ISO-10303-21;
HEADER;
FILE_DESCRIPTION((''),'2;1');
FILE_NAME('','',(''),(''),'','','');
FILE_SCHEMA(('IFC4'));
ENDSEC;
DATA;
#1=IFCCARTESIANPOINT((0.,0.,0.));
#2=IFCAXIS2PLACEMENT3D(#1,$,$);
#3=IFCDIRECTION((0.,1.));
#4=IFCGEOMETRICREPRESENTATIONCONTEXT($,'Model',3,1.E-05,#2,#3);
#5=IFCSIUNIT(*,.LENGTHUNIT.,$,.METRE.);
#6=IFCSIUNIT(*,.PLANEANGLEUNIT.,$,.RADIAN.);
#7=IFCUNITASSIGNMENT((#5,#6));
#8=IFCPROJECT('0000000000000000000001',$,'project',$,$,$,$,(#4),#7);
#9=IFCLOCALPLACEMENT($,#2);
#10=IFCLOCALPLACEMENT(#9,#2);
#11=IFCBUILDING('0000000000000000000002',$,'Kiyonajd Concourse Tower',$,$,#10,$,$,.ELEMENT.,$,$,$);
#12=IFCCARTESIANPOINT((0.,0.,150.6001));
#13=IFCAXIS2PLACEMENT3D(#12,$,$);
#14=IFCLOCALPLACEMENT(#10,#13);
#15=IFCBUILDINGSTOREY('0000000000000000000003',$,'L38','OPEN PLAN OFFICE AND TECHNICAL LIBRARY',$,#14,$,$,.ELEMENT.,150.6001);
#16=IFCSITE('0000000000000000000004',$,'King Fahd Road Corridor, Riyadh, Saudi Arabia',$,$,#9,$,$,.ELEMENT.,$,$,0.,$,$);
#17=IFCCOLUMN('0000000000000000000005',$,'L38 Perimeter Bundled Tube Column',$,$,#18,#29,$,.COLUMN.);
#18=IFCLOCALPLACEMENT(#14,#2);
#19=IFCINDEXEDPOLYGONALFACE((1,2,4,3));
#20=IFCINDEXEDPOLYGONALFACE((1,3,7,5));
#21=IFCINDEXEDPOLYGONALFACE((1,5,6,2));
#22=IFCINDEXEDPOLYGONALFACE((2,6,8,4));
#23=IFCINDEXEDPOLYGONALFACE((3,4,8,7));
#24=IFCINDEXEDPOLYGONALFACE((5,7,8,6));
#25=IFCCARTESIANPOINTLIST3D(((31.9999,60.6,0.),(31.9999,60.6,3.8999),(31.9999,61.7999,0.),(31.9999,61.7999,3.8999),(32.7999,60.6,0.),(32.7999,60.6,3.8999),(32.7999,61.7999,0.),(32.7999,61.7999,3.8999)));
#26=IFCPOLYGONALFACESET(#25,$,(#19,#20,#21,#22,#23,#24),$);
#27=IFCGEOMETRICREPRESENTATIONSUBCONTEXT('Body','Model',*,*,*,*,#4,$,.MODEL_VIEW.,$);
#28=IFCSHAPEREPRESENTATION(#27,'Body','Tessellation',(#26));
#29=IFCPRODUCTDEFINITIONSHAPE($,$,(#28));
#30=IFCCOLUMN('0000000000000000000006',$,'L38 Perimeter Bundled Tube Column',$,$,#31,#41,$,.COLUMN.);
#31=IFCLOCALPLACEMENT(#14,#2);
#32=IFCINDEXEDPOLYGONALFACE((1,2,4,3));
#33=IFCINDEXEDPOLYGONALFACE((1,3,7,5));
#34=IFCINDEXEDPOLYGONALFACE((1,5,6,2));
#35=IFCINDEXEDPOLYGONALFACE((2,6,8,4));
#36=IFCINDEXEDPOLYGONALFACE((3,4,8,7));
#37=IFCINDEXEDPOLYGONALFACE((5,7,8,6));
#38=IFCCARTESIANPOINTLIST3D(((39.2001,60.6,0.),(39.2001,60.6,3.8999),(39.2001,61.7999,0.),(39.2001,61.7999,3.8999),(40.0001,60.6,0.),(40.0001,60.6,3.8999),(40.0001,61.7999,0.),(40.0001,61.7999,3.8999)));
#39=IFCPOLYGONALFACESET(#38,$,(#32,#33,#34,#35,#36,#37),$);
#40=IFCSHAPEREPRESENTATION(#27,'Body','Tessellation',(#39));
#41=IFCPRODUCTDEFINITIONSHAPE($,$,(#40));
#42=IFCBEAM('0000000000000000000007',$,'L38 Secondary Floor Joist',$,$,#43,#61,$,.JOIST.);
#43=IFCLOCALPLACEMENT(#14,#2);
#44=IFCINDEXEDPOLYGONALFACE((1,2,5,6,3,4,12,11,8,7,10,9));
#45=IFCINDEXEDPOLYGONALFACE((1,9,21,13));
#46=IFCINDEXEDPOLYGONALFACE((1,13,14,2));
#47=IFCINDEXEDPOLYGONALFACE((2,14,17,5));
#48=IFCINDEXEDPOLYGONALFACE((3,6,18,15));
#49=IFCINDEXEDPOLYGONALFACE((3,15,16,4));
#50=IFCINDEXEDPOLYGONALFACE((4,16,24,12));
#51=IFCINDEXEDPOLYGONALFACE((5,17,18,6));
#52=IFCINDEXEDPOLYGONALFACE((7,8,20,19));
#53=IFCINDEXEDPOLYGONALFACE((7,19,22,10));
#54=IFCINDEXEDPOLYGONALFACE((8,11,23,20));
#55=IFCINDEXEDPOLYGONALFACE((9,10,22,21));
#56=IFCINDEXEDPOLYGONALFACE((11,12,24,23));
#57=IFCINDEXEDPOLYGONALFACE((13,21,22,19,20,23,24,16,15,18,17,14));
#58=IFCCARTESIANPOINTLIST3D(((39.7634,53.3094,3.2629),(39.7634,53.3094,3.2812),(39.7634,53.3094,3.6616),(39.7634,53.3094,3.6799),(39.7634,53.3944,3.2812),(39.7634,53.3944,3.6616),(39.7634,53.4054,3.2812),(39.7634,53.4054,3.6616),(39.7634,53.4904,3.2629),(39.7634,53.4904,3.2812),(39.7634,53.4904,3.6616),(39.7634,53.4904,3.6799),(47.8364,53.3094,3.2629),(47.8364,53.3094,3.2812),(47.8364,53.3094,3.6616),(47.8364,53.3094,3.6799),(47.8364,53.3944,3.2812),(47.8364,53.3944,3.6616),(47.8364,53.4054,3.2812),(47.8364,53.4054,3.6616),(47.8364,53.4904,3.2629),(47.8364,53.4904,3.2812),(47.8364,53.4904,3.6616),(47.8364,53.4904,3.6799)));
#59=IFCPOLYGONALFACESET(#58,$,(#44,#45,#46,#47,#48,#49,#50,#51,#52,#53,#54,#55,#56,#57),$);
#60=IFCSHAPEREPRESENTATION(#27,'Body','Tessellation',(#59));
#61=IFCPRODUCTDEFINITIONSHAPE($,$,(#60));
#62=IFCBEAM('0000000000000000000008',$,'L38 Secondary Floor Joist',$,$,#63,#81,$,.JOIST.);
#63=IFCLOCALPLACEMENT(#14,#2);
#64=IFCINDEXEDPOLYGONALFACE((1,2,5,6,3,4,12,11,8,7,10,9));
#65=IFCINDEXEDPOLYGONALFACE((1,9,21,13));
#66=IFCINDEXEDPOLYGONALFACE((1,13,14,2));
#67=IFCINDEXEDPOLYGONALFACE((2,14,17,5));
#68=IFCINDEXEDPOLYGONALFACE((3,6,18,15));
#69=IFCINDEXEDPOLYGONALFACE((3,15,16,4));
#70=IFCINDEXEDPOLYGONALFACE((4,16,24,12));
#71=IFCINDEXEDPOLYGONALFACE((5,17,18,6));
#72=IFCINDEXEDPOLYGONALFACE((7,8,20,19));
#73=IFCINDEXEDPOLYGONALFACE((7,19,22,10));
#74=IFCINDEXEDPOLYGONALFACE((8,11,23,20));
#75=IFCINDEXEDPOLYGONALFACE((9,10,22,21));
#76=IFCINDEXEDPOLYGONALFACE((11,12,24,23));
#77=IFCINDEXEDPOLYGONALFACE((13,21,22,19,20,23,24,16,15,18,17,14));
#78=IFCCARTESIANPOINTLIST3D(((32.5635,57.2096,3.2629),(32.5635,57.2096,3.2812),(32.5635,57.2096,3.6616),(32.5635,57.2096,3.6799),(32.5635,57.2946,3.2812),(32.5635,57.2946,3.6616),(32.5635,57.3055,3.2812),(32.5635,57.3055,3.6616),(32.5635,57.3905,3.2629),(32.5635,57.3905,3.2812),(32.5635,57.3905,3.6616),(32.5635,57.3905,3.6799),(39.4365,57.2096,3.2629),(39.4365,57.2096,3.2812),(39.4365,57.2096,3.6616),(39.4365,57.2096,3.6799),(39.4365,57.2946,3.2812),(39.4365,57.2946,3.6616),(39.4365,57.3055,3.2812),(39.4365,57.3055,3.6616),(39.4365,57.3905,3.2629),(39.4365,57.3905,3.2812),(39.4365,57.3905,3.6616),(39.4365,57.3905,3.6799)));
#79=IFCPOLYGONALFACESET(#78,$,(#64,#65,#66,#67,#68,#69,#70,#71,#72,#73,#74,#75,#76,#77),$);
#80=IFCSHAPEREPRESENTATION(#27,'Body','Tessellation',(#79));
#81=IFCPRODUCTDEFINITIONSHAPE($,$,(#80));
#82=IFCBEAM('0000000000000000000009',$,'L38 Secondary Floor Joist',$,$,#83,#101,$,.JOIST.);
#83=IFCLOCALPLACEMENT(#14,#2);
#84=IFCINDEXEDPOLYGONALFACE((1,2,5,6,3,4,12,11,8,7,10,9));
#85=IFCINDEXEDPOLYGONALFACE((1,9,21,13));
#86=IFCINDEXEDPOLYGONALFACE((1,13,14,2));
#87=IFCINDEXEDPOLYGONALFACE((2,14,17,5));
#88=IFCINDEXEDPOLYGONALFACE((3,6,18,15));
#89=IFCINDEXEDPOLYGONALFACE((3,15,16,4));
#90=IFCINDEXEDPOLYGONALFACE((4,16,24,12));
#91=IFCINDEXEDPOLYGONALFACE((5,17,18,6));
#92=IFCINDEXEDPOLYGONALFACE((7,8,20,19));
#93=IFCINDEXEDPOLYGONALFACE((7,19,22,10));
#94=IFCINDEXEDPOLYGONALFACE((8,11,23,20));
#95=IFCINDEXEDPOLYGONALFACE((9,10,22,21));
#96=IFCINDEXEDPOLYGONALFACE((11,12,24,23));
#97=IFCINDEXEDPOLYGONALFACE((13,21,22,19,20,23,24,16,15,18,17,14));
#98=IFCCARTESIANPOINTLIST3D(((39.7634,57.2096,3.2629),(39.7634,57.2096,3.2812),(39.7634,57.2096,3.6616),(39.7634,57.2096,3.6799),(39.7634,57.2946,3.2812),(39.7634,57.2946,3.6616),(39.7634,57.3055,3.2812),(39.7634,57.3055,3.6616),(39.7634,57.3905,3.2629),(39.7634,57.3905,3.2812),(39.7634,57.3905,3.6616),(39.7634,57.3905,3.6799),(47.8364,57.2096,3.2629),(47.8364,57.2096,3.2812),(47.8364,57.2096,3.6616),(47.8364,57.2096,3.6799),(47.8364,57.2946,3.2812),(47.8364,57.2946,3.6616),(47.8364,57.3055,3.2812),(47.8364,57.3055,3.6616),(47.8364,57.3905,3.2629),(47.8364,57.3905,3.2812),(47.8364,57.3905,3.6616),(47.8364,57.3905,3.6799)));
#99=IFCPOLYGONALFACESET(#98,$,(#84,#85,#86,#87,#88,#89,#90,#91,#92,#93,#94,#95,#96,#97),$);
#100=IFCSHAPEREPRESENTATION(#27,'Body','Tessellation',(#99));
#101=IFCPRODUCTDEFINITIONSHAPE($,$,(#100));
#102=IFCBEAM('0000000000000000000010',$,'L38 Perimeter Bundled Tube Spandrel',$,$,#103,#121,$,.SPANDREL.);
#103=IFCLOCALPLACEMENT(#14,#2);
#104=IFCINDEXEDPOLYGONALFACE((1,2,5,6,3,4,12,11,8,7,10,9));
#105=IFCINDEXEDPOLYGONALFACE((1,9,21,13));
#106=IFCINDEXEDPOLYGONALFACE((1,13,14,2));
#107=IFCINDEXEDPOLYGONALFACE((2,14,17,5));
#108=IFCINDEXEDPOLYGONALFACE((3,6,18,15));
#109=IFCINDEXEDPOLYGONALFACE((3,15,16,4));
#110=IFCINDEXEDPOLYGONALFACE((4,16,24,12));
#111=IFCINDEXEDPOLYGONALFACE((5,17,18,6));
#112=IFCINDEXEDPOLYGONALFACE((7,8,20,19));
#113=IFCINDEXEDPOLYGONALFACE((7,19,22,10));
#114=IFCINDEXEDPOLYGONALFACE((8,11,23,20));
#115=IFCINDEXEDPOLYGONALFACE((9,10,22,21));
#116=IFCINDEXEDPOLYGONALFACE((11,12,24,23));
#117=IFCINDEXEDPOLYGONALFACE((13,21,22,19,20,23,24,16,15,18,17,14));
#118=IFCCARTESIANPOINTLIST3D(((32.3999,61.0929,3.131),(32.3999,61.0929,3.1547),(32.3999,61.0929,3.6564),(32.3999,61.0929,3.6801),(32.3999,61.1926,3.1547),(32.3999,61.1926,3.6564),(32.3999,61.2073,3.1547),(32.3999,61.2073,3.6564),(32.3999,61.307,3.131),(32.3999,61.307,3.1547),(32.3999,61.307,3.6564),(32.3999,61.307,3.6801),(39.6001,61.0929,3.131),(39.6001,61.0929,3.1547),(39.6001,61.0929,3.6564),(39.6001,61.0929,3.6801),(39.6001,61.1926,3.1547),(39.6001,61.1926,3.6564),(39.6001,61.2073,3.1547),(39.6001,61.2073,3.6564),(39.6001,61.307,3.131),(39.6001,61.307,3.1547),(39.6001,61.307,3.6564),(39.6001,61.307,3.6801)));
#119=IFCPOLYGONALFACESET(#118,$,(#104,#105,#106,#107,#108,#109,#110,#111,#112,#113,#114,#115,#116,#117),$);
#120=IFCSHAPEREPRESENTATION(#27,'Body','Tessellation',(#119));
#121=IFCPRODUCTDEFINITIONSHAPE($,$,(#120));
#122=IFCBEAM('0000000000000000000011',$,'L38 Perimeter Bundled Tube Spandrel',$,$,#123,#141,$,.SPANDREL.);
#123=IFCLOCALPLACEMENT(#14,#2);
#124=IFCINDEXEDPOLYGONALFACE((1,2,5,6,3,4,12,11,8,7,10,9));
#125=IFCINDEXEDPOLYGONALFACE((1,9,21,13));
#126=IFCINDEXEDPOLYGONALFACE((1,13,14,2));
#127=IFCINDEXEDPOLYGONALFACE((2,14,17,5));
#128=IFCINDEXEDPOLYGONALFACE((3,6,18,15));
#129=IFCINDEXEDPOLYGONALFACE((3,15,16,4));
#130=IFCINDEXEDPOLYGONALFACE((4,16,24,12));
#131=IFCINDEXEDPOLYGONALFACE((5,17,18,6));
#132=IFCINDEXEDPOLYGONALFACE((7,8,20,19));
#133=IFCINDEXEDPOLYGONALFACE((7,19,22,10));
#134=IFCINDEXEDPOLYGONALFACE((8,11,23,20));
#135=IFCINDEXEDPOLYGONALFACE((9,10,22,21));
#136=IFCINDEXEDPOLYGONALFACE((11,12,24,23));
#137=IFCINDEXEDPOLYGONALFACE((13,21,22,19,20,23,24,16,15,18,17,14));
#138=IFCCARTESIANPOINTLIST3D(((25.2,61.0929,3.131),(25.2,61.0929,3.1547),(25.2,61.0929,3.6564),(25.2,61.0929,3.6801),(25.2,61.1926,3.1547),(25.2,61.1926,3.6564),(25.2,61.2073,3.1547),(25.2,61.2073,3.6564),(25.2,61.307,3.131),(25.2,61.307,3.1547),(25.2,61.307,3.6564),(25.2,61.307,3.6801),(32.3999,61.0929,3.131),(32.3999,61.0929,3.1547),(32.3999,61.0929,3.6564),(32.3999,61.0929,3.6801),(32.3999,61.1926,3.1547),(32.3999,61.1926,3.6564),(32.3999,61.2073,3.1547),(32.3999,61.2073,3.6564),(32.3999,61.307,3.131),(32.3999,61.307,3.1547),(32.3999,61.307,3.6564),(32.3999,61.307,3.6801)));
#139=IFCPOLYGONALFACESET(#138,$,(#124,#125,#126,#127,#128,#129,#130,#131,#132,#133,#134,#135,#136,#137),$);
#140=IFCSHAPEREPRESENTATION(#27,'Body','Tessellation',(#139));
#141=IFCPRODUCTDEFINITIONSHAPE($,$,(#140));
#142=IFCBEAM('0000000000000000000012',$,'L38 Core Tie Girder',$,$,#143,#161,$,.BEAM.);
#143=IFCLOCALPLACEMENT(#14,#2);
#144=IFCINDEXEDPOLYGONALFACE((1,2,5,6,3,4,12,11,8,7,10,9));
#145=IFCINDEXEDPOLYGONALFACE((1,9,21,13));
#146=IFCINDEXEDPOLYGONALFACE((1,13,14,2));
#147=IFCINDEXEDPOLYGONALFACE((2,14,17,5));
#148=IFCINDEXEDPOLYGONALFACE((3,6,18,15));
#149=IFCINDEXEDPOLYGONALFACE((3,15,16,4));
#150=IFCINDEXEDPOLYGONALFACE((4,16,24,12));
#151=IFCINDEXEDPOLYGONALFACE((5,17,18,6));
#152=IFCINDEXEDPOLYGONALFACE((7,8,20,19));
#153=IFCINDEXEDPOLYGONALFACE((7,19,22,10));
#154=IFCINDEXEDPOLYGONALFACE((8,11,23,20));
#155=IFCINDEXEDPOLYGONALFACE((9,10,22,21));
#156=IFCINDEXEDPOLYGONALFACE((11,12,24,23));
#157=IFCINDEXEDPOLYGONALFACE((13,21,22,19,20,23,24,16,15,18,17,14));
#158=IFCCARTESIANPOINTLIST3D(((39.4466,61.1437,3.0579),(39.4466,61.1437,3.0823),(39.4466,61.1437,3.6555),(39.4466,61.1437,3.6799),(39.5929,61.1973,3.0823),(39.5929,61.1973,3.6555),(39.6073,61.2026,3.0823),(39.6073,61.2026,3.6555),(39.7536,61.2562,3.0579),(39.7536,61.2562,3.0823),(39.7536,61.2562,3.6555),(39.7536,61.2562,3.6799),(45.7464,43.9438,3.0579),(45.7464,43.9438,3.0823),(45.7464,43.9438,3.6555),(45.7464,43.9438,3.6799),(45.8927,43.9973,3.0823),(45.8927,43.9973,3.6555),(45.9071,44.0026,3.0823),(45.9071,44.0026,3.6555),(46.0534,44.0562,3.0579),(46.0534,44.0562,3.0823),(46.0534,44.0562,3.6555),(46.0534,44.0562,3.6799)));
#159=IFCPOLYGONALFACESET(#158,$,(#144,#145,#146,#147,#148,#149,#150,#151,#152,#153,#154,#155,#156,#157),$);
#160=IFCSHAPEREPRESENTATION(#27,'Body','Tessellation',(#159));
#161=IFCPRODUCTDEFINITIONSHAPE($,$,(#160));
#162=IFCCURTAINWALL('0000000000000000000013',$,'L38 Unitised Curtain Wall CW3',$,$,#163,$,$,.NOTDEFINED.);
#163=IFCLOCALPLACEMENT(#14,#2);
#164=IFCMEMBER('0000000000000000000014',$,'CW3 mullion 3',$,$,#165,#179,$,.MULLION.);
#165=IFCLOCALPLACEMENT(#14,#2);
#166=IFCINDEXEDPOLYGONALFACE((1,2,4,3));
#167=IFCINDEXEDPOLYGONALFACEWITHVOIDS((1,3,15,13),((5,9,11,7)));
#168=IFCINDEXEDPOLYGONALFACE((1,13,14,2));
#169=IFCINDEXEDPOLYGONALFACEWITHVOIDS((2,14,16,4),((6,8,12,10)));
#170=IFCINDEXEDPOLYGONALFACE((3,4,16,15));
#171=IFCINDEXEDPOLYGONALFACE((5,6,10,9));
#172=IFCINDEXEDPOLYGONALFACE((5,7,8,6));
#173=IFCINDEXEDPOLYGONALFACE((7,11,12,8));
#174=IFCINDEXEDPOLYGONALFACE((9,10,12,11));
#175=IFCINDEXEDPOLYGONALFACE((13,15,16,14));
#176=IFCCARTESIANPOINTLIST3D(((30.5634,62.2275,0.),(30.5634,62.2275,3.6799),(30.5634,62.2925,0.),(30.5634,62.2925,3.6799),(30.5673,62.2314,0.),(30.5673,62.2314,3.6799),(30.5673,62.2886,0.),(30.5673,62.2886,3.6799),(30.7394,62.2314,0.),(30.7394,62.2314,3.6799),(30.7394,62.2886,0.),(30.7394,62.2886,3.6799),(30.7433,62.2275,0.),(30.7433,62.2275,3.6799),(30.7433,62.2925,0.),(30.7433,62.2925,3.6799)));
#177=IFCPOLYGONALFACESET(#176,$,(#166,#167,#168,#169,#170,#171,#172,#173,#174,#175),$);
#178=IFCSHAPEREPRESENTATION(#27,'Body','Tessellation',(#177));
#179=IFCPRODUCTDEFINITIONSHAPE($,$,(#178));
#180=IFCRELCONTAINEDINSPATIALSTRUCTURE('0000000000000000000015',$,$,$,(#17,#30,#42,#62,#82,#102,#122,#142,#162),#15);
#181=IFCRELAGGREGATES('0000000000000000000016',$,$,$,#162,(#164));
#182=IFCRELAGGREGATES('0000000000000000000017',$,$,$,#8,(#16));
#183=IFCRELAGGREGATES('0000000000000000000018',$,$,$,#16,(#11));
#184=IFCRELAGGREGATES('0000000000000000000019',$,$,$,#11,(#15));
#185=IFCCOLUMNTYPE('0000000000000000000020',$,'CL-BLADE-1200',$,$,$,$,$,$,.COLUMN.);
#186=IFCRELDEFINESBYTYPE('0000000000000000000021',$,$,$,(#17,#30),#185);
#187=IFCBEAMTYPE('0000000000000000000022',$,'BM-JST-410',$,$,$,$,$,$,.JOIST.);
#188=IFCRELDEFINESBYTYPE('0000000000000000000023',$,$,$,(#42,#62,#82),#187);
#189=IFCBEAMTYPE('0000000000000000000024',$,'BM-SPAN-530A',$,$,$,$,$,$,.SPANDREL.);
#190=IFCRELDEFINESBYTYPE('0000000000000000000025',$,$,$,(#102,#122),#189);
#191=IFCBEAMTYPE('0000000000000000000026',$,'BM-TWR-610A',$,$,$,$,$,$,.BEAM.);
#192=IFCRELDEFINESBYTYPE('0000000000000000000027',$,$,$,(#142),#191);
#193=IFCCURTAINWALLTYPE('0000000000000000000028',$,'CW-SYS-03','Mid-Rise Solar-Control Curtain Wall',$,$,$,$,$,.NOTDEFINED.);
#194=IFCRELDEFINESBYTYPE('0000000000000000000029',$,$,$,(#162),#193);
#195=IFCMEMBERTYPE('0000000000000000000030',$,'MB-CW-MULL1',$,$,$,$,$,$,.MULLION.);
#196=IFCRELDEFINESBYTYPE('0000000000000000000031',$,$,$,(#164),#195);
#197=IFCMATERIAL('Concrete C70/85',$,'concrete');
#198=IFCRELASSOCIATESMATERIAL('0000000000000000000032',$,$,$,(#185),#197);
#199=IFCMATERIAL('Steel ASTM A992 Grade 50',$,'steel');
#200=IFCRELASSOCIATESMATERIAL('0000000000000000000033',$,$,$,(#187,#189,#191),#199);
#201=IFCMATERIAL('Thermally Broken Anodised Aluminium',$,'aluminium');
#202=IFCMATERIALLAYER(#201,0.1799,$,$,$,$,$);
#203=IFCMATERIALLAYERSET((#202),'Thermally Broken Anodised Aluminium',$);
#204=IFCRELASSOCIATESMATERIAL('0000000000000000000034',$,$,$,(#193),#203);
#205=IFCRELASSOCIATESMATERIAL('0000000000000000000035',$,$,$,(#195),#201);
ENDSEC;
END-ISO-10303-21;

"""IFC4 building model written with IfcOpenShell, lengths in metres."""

from ifc_helpers import new_model, si_unit, direction, frame, origin, origin_2d, place, context, subcontext, project, spatial, rectangle, hollow_rectangle, i_section, extrude, material, layer, layer_set, material_profile, profile_set, type_object, element, aggregate, save


model = new_model("IFC4")

# Units and contexts
model_context = context("Model", 3, precision=1e-05, world=origin(), true_north=direction((0.0, 1.0)))
body_context = subcontext(model_context, "Body", "Model", "MODEL_VIEW")
ifc_project = project(units=[si_unit("LENGTHUNIT", "METRE"), si_unit("PLANEANGLEUNIT", "RADIAN")], contexts=[model_context])

# Site, building, storey
site_placement = place(None, origin())
site = spatial("IfcSite", under=ifc_project, at=site_placement, Name="King Fahd Road Corridor, Riyadh, Saudi Arabia", CompositionType="ELEMENT", RefElevation=0.0)
building_placement = place(site_placement, origin())
building = spatial("IfcBuilding", under=site, at=building_placement, Name="Kiyonajd Concourse Tower", CompositionType="ELEMENT")
storey_placement = place(building_placement, frame((0.0, 0.0, 150.6001)))
storey = spatial("IfcBuildingStorey", under=building, at=storey_placement, Name="L38", Description="OPEN PLAN OFFICE AND TECHNICAL LIBRARY", CompositionType="ELEMENT", Elevation=150.6001)

# Columns
ifc_material_1 = material(Name="Concrete C70/85", Category="concrete")
ifc_material_profile_1 = material_profile(ifc_material_1, rectangle(XDim=0.8, YDim=1.2, at=origin_2d()), Name="RC-1200x800")
ifc_profile_set_1 = profile_set([ifc_material_profile_1], Name="Concrete C70/85")
column_type = type_object("IfcColumnType", Name="CL-BLADE-1200", PredefinedType="COLUMN", material=ifc_profile_set_1)
for number, where, z_axis, x_axis, name in (
    (1, (32.3999, 61.2, 0.0), (0.0, 0.0, 1.0), (1.0, 0.0, 0.0), "L38 Perimeter Bundled Tube Column"),
    (2, (39.6001, 61.2, 0.0), (0.0, 0.0, 1.0), (1.0, 0.0, 0.0), "L38 Perimeter Bundled Tube Column"),
):
    element("IfcColumn", number, at=place(storey_placement, frame(where, z_axis=z_axis, x_axis=x_axis)), inside=storey, type_object=column_type, Name=name, PredefinedType="COLUMN", context=body_context, shape_type="SweptSolid", body=[
        extrude(rectangle(XDim=0.8, YDim=1.2, at=origin_2d()), origin(), (0.0, 0.0, 1.0), 3.8999),
    ])

# Beams
ifc_material_2 = material(Name="Steel ASTM A992 Grade 50", Category="steel")
ifc_material_profile_2 = material_profile(ifc_material_2, i_section(OverallWidth=0.1809, OverallDepth=0.417, WebThickness=0.011, FlangeThickness=0.0183, at=origin_2d()), Name="W410X85")
ifc_profile_set_2 = profile_set([ifc_material_profile_2], Name="Steel ASTM A992 Grade 50")
beam_type_1 = type_object("IfcBeamType", Name="BM-JST-410", PredefinedType="JOIST", material=ifc_profile_set_2)
beam_1_placement = place(storey_placement, frame((39.7634, 53.3999, 3.4714), z_axis=(1.0, 0.0, 0.0), x_axis=(0.0, 1.0, 0.0)))
element("IfcBeam", 3, at=beam_1_placement, inside=storey, type_object=beam_type_1, Name="L38 Secondary Floor Joist", PredefinedType="JOIST", context=body_context, shape_type="SweptSolid", body=[
    extrude(i_section(OverallWidth=0.1809, OverallDepth=0.417, WebThickness=0.011, FlangeThickness=0.0183, at=origin_2d()), origin(), (0.0, 0.0, 1.0), 8.073),
])
beam_2_placement = place(storey_placement, frame((32.5635, 57.3, 3.4714), z_axis=(1.0, 0.0, 0.0), x_axis=(0.0, 1.0, 0.0)))
element("IfcBeam", 4, at=beam_2_placement, inside=storey, type_object=beam_type_1, Name="L38 Secondary Floor Joist", PredefinedType="JOIST", context=body_context, shape_type="SweptSolid", body=[
    extrude(i_section(OverallWidth=0.1809, OverallDepth=0.417, WebThickness=0.011, FlangeThickness=0.0183, at=origin_2d()), origin(), (0.0, 0.0, 1.0), 6.873),
])
beam_3_placement = place(storey_placement, frame((39.7634, 57.3, 3.4714), z_axis=(1.0, 0.0, 0.0), x_axis=(0.0, 1.0, 0.0)))
element("IfcBeam", 5, at=beam_3_placement, inside=storey, type_object=beam_type_1, Name="L38 Secondary Floor Joist", PredefinedType="JOIST", context=body_context, shape_type="SweptSolid", body=[
    extrude(i_section(OverallWidth=0.1809, OverallDepth=0.417, WebThickness=0.011, FlangeThickness=0.0183, at=origin_2d()), origin(), (0.0, 0.0, 1.0), 8.073),
])
ifc_material_profile_3 = material_profile(ifc_material_2, i_section(OverallWidth=0.2141, OverallDepth=0.5491, WebThickness=0.0146, FlangeThickness=0.0237, at=origin_2d()), Name="W530X138")
ifc_profile_set_3 = profile_set([ifc_material_profile_3], Name="Steel ASTM A992 Grade 50")
beam_type_2 = type_object("IfcBeamType", Name="BM-SPAN-530A", PredefinedType="SPANDREL", material=ifc_profile_set_3)
beam_4_placement = place(storey_placement, frame((39.6001, 61.2, 3.4055), z_axis=(-1.0, 0.0, 0.0), x_axis=(0.0, -1.0, 0.0)))
element("IfcBeam", 6, at=beam_4_placement, inside=storey, type_object=beam_type_2, Name="L38 Perimeter Bundled Tube Spandrel", PredefinedType="SPANDREL", context=body_context, shape_type="SweptSolid", body=[
    extrude(i_section(OverallWidth=0.2141, OverallDepth=0.5491, WebThickness=0.0146, FlangeThickness=0.0237, at=origin_2d()), origin(), (0.0, 0.0, 1.0), 7.2002),
])
beam_5_placement = place(storey_placement, frame((32.3999, 61.2, 3.4055), z_axis=(-1.0, 0.0, 0.0), x_axis=(0.0, -1.0, 0.0)))
element("IfcBeam", 7, at=beam_5_placement, inside=storey, type_object=beam_type_2, Name="L38 Perimeter Bundled Tube Spandrel", PredefinedType="SPANDREL", context=body_context, shape_type="SweptSolid", body=[
    extrude(i_section(OverallWidth=0.2141, OverallDepth=0.5491, WebThickness=0.0146, FlangeThickness=0.0237, at=origin_2d()), origin(), (0.0, 0.0, 1.0), 7.2),
])
ifc_material_profile_4 = material_profile(ifc_material_2, i_section(OverallWidth=0.3269, OverallDepth=0.6221, WebThickness=0.0154, FlangeThickness=0.0244, at=origin_2d()), Name="W610X195")
ifc_profile_set_4 = profile_set([ifc_material_profile_4], Name="Steel ASTM A992 Grade 50")
beam_type_3 = type_object("IfcBeamType", Name="BM-TWR-610A", PredefinedType="BEAM", material=ifc_profile_set_4)
beam_6_placement = place(storey_placement, frame((39.6001, 61.2, 3.3689), z_axis=(0.343925, -0.938997, 0.0), x_axis=(0.938997, 0.343925, 0.0)))
element("IfcBeam", 8, at=beam_6_placement, inside=storey, type_object=beam_type_3, Name="L38 Core Tie Girder", PredefinedType="BEAM", context=body_context, shape_type="SweptSolid", body=[
    extrude(i_section(OverallWidth=0.3269, OverallDepth=0.6221, WebThickness=0.0154, FlangeThickness=0.0244, at=origin_2d()), origin(), (0.0, 0.0, 1.0), 18.3174),
])

# Curtain wall, member
ifc_material_3 = material(Name="Thermally Broken Anodised Aluminium", Category="aluminium")
ifc_layer_1 = layer(ifc_material_3, 0.1799)
ifc_layer_set_1 = layer_set([ifc_layer_1], Name="Thermally Broken Anodised Aluminium")
curtain_wall_type = type_object("IfcCurtainWallType", Name="CW-SYS-03", Description="Mid-Rise Solar-Control Curtain Wall", PredefinedType="NOTDEFINED", material=ifc_layer_set_1)
curtain_wall_placement = place(storey_placement, origin())
curtain_wall = element("IfcCurtainWall", 9, at=curtain_wall_placement, inside=storey, type_object=curtain_wall_type, Name="L38 Unitised Curtain Wall CW3", PredefinedType="NOTDEFINED")
ifc_material_profile_5 = material_profile(ifc_material_3, hollow_rectangle(XDim=0.0649, YDim=0.1799, WallThickness=0.0039, at=origin_2d()), Name="MULL-65x180")
ifc_profile_set_5 = profile_set([ifc_material_profile_5], Name="Thermally Broken Anodised Aluminium")
member_type_1 = type_object("IfcMemberType", Name="MB-CW-MULL1", PredefinedType="MULLION", material=ifc_profile_set_5)
member_1_placement = place(storey_placement, frame((30.6533, 62.26, 0.0), z_axis=(0.0, 0.0, 1.0), x_axis=(0.0, 1.0, 0.0)))
member_1 = element("IfcMember", 10, at=member_1_placement, type_object=member_type_1, Name="CW3 mullion 3", PredefinedType="MULLION", context=body_context, shape_type="SweptSolid", body=[
    extrude(hollow_rectangle(XDim=0.0649, YDim=0.1799, WallThickness=0.0039, at=origin_2d()), origin(), (0.0, 0.0, 1.0), 3.6799),
])

aggregate(curtain_wall, [member_1])

save(model, "model.ifc")
